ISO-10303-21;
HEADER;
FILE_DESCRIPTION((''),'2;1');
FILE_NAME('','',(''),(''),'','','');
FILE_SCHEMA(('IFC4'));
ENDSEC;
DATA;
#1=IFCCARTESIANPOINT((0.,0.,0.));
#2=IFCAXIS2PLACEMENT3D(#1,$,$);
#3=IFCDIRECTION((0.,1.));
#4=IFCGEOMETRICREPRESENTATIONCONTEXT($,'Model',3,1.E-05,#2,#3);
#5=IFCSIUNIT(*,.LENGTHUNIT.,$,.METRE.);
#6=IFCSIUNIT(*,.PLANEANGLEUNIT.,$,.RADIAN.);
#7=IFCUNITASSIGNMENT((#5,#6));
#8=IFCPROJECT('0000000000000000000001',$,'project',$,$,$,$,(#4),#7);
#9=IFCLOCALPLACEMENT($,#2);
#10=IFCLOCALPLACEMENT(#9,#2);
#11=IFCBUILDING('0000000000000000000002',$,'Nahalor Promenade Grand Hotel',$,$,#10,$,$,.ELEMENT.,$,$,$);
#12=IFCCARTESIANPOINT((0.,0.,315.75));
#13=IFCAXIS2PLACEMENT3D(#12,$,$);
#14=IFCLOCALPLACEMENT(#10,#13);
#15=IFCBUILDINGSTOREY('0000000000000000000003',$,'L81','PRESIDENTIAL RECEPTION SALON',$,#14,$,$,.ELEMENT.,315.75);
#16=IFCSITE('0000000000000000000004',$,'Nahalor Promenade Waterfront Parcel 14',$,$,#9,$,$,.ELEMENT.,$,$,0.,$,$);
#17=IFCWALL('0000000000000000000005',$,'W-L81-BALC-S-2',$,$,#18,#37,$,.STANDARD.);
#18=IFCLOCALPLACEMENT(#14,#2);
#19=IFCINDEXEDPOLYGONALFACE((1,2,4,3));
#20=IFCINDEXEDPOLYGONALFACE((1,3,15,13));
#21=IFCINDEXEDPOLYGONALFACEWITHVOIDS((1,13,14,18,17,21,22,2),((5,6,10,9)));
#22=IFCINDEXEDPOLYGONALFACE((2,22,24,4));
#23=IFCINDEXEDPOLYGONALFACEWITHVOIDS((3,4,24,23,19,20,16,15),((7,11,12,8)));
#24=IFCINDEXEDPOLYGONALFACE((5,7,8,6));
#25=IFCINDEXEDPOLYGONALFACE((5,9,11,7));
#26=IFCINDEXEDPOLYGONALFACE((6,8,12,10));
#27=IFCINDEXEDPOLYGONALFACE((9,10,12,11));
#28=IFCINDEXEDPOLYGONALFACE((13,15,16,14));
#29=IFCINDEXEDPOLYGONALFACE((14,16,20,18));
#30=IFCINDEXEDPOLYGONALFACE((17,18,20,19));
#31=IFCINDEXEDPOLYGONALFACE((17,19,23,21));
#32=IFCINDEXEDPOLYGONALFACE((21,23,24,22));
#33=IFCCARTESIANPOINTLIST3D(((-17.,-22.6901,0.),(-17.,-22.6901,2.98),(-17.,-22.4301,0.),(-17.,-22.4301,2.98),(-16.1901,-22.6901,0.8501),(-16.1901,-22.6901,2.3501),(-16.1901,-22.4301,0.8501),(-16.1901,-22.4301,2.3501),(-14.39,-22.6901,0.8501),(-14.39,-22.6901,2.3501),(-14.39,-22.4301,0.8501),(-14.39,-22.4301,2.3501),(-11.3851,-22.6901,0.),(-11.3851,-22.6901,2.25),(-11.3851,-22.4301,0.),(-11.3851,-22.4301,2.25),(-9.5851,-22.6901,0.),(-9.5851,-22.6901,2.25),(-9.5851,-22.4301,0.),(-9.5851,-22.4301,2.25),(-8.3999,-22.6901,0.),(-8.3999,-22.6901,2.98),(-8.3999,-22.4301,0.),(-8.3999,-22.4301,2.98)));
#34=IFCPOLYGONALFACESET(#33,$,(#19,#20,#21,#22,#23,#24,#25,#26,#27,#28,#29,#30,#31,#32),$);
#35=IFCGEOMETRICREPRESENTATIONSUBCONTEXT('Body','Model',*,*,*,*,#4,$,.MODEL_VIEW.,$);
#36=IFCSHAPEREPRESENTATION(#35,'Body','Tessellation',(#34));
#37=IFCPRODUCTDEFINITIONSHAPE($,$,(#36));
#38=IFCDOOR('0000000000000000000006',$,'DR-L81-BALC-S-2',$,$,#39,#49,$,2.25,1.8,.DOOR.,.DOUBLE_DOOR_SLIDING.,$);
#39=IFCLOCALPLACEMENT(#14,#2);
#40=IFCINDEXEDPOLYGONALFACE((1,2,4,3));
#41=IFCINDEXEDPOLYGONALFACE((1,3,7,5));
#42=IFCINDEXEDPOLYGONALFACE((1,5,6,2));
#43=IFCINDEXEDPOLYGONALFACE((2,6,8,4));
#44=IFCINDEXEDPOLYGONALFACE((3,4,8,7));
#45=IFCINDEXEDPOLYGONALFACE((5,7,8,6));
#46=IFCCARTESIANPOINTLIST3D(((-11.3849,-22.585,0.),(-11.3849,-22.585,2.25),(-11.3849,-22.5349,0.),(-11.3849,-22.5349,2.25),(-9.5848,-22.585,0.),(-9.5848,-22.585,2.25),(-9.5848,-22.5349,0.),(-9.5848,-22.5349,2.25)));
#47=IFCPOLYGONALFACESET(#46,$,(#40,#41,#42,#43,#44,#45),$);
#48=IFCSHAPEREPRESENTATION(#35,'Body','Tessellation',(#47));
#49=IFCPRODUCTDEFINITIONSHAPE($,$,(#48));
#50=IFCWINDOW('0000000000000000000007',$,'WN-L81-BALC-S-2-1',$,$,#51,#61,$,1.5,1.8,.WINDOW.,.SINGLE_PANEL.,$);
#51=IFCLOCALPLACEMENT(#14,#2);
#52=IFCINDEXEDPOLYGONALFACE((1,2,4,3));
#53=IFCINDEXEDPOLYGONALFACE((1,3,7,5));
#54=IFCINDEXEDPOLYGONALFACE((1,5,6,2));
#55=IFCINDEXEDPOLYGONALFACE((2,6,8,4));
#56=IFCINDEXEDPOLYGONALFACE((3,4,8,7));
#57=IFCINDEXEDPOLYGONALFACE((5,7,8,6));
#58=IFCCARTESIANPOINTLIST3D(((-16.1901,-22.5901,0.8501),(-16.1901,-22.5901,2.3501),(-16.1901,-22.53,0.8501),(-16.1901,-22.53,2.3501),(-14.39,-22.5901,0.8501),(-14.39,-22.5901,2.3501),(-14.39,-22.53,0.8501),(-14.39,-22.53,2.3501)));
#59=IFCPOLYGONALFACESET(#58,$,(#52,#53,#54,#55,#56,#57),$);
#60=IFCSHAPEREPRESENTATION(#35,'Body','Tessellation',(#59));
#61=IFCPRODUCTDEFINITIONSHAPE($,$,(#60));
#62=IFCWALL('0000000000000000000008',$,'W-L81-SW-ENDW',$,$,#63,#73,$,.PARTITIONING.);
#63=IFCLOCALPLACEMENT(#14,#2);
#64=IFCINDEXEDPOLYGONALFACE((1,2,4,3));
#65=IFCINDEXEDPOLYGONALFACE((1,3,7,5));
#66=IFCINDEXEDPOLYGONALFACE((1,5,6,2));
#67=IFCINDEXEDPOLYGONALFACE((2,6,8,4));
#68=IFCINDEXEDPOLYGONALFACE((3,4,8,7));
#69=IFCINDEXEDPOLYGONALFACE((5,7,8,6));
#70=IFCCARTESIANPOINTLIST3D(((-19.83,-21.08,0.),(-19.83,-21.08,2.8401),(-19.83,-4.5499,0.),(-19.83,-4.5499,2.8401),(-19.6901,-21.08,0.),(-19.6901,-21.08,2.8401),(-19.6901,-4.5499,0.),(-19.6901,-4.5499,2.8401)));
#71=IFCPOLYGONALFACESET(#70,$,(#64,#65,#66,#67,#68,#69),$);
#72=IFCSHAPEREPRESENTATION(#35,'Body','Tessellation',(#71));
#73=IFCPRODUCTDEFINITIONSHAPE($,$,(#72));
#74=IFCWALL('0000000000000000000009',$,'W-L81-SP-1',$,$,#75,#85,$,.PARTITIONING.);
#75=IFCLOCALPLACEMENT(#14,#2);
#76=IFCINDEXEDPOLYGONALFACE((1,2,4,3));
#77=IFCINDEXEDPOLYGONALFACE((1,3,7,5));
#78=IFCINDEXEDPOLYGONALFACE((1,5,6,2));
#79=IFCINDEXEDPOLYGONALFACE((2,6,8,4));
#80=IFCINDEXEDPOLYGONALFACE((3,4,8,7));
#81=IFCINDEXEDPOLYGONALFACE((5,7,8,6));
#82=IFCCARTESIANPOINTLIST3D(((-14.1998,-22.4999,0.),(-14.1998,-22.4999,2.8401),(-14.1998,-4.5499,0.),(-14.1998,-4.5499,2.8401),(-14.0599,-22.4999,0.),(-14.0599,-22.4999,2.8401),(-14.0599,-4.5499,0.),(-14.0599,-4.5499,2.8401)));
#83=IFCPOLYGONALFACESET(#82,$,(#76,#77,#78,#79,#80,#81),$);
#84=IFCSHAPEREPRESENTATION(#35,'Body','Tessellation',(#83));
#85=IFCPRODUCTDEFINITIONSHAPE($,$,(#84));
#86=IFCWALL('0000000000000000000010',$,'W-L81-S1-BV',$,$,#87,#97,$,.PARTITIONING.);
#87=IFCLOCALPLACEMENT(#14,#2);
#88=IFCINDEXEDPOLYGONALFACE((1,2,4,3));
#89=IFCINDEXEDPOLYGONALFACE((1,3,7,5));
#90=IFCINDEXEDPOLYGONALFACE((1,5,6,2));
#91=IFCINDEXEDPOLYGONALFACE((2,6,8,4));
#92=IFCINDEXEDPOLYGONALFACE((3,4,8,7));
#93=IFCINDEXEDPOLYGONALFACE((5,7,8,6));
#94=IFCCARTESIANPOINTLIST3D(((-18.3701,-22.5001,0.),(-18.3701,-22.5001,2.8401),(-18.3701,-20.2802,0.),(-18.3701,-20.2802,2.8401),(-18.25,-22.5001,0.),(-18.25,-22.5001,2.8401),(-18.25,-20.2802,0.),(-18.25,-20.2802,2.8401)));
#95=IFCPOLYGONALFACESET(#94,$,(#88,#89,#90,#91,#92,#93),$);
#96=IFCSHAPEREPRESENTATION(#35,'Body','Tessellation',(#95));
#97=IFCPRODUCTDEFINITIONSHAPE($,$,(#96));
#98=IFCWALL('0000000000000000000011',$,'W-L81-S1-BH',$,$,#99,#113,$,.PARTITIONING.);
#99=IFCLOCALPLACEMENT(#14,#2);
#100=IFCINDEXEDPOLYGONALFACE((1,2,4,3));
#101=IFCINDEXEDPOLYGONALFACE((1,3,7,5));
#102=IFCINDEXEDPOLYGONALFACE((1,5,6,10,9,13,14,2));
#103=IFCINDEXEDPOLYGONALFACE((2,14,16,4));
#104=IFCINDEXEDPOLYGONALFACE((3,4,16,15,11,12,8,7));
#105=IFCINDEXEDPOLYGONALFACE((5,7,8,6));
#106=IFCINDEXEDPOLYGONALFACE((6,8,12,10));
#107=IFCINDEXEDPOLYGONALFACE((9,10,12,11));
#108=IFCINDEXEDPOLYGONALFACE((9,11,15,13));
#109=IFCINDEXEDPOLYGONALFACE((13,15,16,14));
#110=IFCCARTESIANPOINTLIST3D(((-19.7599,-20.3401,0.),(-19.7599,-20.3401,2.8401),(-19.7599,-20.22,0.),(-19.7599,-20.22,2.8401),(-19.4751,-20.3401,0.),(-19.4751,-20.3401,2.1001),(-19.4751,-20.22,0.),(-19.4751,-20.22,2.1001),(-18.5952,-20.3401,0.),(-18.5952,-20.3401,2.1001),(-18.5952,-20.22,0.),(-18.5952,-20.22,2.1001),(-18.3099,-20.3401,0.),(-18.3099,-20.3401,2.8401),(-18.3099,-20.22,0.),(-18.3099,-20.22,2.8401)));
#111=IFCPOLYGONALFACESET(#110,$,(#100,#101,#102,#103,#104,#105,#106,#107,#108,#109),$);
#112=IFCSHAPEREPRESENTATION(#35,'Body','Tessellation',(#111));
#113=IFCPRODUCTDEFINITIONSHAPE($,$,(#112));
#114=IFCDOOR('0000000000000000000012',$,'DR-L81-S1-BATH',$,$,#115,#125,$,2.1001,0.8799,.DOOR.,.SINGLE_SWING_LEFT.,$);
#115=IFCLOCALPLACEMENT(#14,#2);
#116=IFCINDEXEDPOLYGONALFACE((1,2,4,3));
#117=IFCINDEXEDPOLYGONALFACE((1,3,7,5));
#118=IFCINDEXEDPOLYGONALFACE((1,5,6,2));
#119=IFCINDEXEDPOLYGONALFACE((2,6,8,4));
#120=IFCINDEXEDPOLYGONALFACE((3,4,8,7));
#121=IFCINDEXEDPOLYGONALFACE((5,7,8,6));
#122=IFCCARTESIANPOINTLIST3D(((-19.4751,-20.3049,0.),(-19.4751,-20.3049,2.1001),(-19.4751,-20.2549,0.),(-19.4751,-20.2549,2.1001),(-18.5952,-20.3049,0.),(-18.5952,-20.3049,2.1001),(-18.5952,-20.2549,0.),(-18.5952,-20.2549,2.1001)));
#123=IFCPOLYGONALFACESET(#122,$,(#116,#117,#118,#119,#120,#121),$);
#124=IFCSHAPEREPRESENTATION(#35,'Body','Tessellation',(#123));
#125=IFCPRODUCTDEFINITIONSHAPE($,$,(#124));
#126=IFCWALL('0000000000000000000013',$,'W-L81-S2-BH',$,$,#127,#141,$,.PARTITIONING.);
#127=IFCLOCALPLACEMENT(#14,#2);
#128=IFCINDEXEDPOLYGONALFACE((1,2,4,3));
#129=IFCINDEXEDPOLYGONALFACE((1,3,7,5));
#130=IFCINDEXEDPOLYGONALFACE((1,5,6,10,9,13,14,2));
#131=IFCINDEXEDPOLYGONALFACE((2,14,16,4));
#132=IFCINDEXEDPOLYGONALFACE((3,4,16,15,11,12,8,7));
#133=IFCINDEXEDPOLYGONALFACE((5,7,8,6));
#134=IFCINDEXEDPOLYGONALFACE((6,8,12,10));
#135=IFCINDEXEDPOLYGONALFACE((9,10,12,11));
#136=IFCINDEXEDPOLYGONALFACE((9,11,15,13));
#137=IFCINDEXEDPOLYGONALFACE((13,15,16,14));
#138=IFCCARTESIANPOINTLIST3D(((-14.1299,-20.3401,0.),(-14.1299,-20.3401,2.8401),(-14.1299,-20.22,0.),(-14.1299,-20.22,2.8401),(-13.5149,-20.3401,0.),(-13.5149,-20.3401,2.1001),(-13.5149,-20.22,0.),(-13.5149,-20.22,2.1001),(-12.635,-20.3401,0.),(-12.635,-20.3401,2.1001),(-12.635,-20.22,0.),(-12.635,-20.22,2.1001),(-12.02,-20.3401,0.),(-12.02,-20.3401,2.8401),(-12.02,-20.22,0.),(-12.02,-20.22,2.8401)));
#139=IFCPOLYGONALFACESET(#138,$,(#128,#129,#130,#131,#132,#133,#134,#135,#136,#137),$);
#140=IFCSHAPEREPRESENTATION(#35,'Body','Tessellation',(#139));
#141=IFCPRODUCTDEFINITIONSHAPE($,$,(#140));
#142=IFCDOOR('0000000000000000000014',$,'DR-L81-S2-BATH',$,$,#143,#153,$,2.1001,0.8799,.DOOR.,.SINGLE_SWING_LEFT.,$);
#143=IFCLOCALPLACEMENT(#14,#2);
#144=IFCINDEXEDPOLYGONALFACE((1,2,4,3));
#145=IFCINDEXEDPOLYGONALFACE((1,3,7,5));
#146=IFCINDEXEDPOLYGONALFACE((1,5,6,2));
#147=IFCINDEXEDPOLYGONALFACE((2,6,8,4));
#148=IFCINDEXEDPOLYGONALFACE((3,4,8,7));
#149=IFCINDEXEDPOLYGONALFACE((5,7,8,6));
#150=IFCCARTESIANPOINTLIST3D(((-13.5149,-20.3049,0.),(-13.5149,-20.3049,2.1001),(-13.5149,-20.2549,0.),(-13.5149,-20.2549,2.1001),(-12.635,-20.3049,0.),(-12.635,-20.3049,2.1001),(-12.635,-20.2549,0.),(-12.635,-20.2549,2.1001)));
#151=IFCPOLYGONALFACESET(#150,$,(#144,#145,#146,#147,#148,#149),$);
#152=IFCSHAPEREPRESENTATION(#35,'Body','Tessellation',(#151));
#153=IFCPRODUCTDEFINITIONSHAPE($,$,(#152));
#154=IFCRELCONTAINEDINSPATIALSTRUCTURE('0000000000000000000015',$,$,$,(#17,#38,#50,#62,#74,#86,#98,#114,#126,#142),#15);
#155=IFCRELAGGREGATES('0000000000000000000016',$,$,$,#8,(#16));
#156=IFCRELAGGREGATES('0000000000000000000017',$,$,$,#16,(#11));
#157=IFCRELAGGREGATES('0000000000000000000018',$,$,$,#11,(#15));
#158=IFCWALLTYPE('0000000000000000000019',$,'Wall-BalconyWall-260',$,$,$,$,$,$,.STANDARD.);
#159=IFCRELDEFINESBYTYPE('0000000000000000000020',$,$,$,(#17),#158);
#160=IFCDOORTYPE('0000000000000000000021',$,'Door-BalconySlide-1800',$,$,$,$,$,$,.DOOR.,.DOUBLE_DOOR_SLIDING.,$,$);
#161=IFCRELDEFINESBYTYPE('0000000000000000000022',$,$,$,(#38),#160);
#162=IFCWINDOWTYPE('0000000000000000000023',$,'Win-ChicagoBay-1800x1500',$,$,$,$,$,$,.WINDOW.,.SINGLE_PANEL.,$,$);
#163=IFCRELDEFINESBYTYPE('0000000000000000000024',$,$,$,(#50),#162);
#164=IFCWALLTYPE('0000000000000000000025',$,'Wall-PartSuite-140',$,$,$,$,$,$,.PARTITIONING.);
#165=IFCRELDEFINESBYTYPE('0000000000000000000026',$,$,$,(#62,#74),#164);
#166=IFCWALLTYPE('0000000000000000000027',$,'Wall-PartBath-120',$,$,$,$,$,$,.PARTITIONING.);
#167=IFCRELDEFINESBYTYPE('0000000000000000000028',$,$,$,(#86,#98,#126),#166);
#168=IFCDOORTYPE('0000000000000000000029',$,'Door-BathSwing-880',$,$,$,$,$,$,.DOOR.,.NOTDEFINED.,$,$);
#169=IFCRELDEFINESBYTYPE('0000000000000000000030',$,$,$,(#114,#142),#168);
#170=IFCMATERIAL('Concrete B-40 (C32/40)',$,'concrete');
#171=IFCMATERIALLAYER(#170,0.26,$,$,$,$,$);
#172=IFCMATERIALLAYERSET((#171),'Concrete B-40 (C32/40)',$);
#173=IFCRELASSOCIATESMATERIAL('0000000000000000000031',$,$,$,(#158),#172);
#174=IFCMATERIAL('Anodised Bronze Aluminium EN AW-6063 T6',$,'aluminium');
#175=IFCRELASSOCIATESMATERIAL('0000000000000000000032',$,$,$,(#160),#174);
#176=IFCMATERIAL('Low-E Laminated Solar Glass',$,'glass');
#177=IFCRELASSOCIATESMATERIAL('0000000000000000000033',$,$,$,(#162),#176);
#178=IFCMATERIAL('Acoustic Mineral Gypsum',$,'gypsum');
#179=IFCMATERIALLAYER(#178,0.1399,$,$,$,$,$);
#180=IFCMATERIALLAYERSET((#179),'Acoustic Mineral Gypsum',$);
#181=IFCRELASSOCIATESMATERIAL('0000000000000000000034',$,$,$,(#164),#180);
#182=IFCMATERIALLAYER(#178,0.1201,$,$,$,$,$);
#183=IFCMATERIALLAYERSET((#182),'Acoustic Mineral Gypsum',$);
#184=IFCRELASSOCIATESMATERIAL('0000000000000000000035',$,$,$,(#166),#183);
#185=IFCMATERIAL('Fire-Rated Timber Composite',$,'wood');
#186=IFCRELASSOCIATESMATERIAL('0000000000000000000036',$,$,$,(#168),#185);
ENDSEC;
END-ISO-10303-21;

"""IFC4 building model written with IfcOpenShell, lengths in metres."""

from ifc_helpers import new_model, si_unit, direction, frame, frame_2d, origin, place, context, subcontext, project, spatial, rectangle, extrude, source, transform, mapped, material, layer, layer_set, type_object, element, fill, save


model = new_model("IFC4")

# Units and contexts
model_context = context("Model", 3, precision=1e-05, world=origin(), true_north=direction((0.0, 1.0)))
body_context = subcontext(model_context, "Body", "Model", "MODEL_VIEW")
ifc_project = project(units=[si_unit("LENGTHUNIT", "METRE"), si_unit("PLANEANGLEUNIT", "RADIAN")], contexts=[model_context])

# Site, building, storey
site_placement = place(None, origin())
site = spatial("IfcSite", under=ifc_project, at=site_placement, Name="Nahalor Promenade Waterfront Parcel 14", CompositionType="ELEMENT", RefElevation=0.0)
building_placement = place(site_placement, origin())
building = spatial("IfcBuilding", under=site, at=building_placement, Name="Nahalor Promenade Grand Hotel", CompositionType="ELEMENT")
storey_placement = place(building_placement, frame((0.0, 0.0, 315.75)))
storey = spatial("IfcBuildingStorey", under=building, at=storey_placement, Name="L81", Description="PRESIDENTIAL RECEPTION SALON", CompositionType="ELEMENT", Elevation=315.75)

# Shared definitions
ifc_material_1 = material(Name="Anodised Bronze Aluminium EN AW-6063 T6", Category="aluminium")
ifc_material_2 = material(Name="Low-E Laminated Solar Glass", Category="glass")

# Shared definitions
ifc_material_3 = material(Name="Concrete B-40 (C32/40)", Category="concrete")

# Wall, openings, door, window
ifc_layer_1 = layer(ifc_material_3, 0.26)
ifc_layer_set_1 = layer_set([ifc_layer_1], Name="Concrete B-40 (C32/40)")
wall_type_1 = type_object("IfcWallType", Name="Wall-BalconyWall-260", PredefinedType="STANDARD", material=ifc_layer_set_1)
shared_shape_1 = source(origin(), body_context, "Body", "SweptSolid", [
    extrude(rectangle(XDim=8.6001, YDim=0.26, at=frame_2d((4.3, 0.0))), origin(), (0.0, 0.0, 1.0), 2.98),
])
wall_1_placement = place(storey_placement, frame((-17.0, -22.5601, 0.0), z_axis=(0.0, 0.0, 1.0), x_axis=(1.0, 0.0, 0.0)))
wall_1 = element("IfcWall", 1, at=wall_1_placement, inside=storey, type_object=wall_type_1, Name="W-L81-BALC-S-2", PredefinedType="STANDARD", context=body_context, shape_type="MappedRepresentation", body=[
    mapped(shared_shape_1, transform((0.0, 0.0, 0.0), scale=1.0)),
])
opening_1_placement = place(wall_1_placement, frame((5.615, 0.0, 0.0)))
opening_1 = element("IfcOpeningElement", 2, at=opening_1_placement, cuts=wall_1, PredefinedType="OPENING", context=body_context, shape_type="SweptSolid", body=[
    extrude(rectangle(XDim=1.8, YDim=2.25, at=frame_2d((0.8999, 1.125))), frame((0.0, 0.1399, 0.0), z_axis=(0.0, -1.0, 0.0), x_axis=(1.0, 0.0, 0.0)), (0.0, 0.0, 1.0), 0.28),
])
opening_2_placement = place(wall_1_placement, frame((0.8101, 0.0, 0.8501)))
opening_2 = element("IfcOpeningElement", 3, at=opening_2_placement, cuts=wall_1, PredefinedType="OPENING", context=body_context, shape_type="SweptSolid", body=[
    extrude(rectangle(XDim=1.8, YDim=1.5, at=frame_2d((0.8999, 0.75))), frame((0.0, 0.1399, 0.0), z_axis=(0.0, -1.0, 0.0), x_axis=(1.0, 0.0, 0.0)), (0.0, 0.0, 1.0), 0.28),
])
door_type_1 = type_object("IfcDoorType", Name="Door-BalconySlide-1800", OperationType="DOUBLE_DOOR_SLIDING", PredefinedType="DOOR", material=ifc_material_1)
shared_shape_2 = source(origin(), body_context, "Body", "SweptSolid", [
    extrude(rectangle(XDim=1.8, YDim=2.25, at=frame_2d((0.8999, 1.125))), frame((0.0, 0.0249, 0.0), z_axis=(0.0, -1.0, 0.0), x_axis=(1.0, 0.0, 0.0)), (0.0, 0.0, 1.0), 0.05),
])
door_1_placement = place(opening_1_placement, frame((1.8, 0.0, 0.0), z_axis=(0.0, 0.0, 1.0), x_axis=(-1.0, 0.0, 0.0)))
door_1 = element("IfcDoor", 4, at=door_1_placement, inside=storey, type_object=door_type_1, Name="DR-L81-BALC-S-2", OperationType="DOUBLE_DOOR_SLIDING", OverallHeight=2.25, OverallWidth=1.8, PredefinedType="DOOR", context=body_context, shape_type="MappedRepresentation", body=[
    mapped(shared_shape_2, transform((0.0, 0.0, 0.0), scale=1.0)),
])
fill(opening_1, door_1)
window_type = type_object("IfcWindowType", Name="Win-ChicagoBay-1800x1500", PartitioningType="SINGLE_PANEL", PredefinedType="WINDOW", material=ifc_material_2)
shared_shape_3 = source(origin(), body_context, "Body", "SweptSolid", [
    extrude(rectangle(XDim=1.8, YDim=1.5, at=frame_2d((0.8999, 0.75))), frame((0.0, 0.03, 0.0), z_axis=(0.0, -1.0, 0.0), x_axis=(1.0, 0.0, 0.0)), (0.0, 0.0, 1.0), 0.0601),
])
window_placement = place(opening_2_placement, origin())
window = element("IfcWindow", 5, at=window_placement, inside=storey, type_object=window_type, Name="WN-L81-BALC-S-2-1", OverallHeight=1.5, OverallWidth=1.8, PartitioningType="SINGLE_PANEL", PredefinedType="WINDOW", context=body_context, shape_type="MappedRepresentation", body=[
    mapped(shared_shape_3, transform((0.0, 0.0, 0.0), scale=1.0)),
])
fill(opening_2, window)

# Walls
ifc_material_4 = material(Name="Acoustic Mineral Gypsum", Category="gypsum")
ifc_layer_2 = layer(ifc_material_4, 0.1399)
ifc_layer_set_2 = layer_set([ifc_layer_2], Name="Acoustic Mineral Gypsum")
wall_type_2 = type_object("IfcWallType", Name="Wall-PartSuite-140", PredefinedType="PARTITIONING", material=ifc_layer_set_2)
shared_shape_4 = source(origin(), body_context, "Body", "SweptSolid", [
    extrude(rectangle(XDim=16.53, YDim=0.1399, at=frame_2d((8.2651, 0.0))), origin(), (0.0, 0.0, 1.0), 2.8401),
])
wall_2_placement = place(storey_placement, frame((-19.76, -21.0801, 0.0), z_axis=(0.0, 0.0, 1.0), x_axis=(0.0, 1.0, 0.0)))
element("IfcWall", 6, at=wall_2_placement, inside=storey, type_object=wall_type_2, Name="W-L81-SW-ENDW", PredefinedType="PARTITIONING", context=body_context, shape_type="MappedRepresentation", body=[
    mapped(shared_shape_4, transform((0.0, 0.0, 0.0), scale=1.0)),
])
shared_shape_5 = source(origin(), body_context, "Body", "SweptSolid", [
    extrude(rectangle(XDim=17.95, YDim=0.1399, at=frame_2d((8.9751, 0.0))), origin(), (0.0, 0.0, 1.0), 2.8401),
])
wall_3_placement = place(storey_placement, frame((-14.1299, -22.5, 0.0), z_axis=(0.0, 0.0, 1.0), x_axis=(0.0, 1.0, 0.0)))
element("IfcWall", 7, at=wall_3_placement, inside=storey, type_object=wall_type_2, Name="W-L81-SP-1", PredefinedType="PARTITIONING", context=body_context, shape_type="MappedRepresentation", body=[
    mapped(shared_shape_5, transform((0.0, 0.0, 0.0), scale=1.0)),
])
ifc_layer_3 = layer(ifc_material_4, 0.1201)
ifc_layer_set_3 = layer_set([ifc_layer_3], Name="Acoustic Mineral Gypsum")
wall_type_3 = type_object("IfcWallType", Name="Wall-PartBath-120", PredefinedType="PARTITIONING", material=ifc_layer_set_3)
shared_shape_6 = source(origin(), body_context, "Body", "SweptSolid", [
    extrude(rectangle(XDim=2.22, YDim=0.1201, at=frame_2d((1.1099, 0.0))), origin(), (0.0, 0.0, 1.0), 2.8401),
])
wall_4_placement = place(storey_placement, frame((-18.3101, -22.5, 0.0), z_axis=(0.0, 0.0, 1.0), x_axis=(0.0, 1.0, 0.0)))
element("IfcWall", 8, at=wall_4_placement, inside=storey, type_object=wall_type_3, Name="W-L81-S1-BV", PredefinedType="PARTITIONING", context=body_context, shape_type="MappedRepresentation", body=[
    mapped(shared_shape_6, transform((0.0, 0.0, 0.0), scale=1.0)),
])

# Walls, openings, doors
shared_shape_7 = source(origin(), body_context, "Body", "SweptSolid", [
    extrude(rectangle(XDim=1.45, YDim=0.1201, at=frame_2d((0.7251, 0.0))), origin(), (0.0, 0.0, 1.0), 2.8401),
])
wall_5_placement = place(storey_placement, frame((-19.76, -20.28, 0.0), z_axis=(0.0, 0.0, 1.0), x_axis=(1.0, 0.0, 0.0)))
wall_5 = element("IfcWall", 9, at=wall_5_placement, inside=storey, type_object=wall_type_3, Name="W-L81-S1-BH", PredefinedType="PARTITIONING", context=body_context, shape_type="MappedRepresentation", body=[
    mapped(shared_shape_7, transform((0.0, 0.0, 0.0), scale=1.0)),
])
opening_3_placement = place(wall_5_placement, frame((0.2849, 0.0, 0.0)))
opening_3 = element("IfcOpeningElement", 10, at=opening_3_placement, cuts=wall_5, PredefinedType="OPENING", context=body_context, shape_type="SweptSolid", body=[
    extrude(rectangle(XDim=0.8799, YDim=2.1001, at=frame_2d((0.4399, 1.05))), frame((0.0, 0.0701, 0.0), z_axis=(0.0, -1.0, 0.0), x_axis=(1.0, 0.0, 0.0)), (0.0, 0.0, 1.0), 0.1401),
])
ifc_material_5 = material(Name="Fire-Rated Timber Composite", Category="wood")
door_type_2 = type_object("IfcDoorType", Name="Door-BathSwing-880", OperationType="NOTDEFINED", PredefinedType="DOOR", material=ifc_material_5)
shared_shape_8 = source(origin(), body_context, "Body", "SweptSolid", [
    extrude(rectangle(XDim=0.8799, YDim=2.1001, at=frame_2d((0.4399, 1.05))), frame((0.0, 0.0249, 0.0), z_axis=(0.0, -1.0, 0.0), x_axis=(1.0, 0.0, 0.0)), (0.0, 0.0, 1.0), 0.05),
])
door_2_placement = place(opening_3_placement, frame((0.8799, 0.0, 0.0), z_axis=(0.0, 0.0, 1.0), x_axis=(-1.0, 0.0, 0.0)))
door_2 = element("IfcDoor", 11, at=door_2_placement, inside=storey, type_object=door_type_2, Name="DR-L81-S1-BATH", OperationType="SINGLE_SWING_LEFT", OverallHeight=2.1001, OverallWidth=0.8799, PredefinedType="DOOR", context=body_context, shape_type="MappedRepresentation", body=[
    mapped(shared_shape_8, transform((0.0, 0.0, 0.0), scale=1.0)),
])
fill(opening_3, door_2)
shared_shape_9 = source(origin(), body_context, "Body", "SweptSolid", [
    extrude(rectangle(XDim=2.1099, YDim=0.1201, at=frame_2d((1.0549, 0.0))), origin(), (0.0, 0.0, 1.0), 2.8401),
])
wall_6_placement = place(storey_placement, frame((-14.1299, -20.28, 0.0), z_axis=(0.0, 0.0, 1.0), x_axis=(1.0, 0.0, 0.0)))
wall_6 = element("IfcWall", 12, at=wall_6_placement, inside=storey, type_object=wall_type_3, Name="W-L81-S2-BH", PredefinedType="PARTITIONING", context=body_context, shape_type="MappedRepresentation", body=[
    mapped(shared_shape_9, transform((0.0, 0.0, 0.0), scale=1.0)),
])
opening_4_placement = place(wall_6_placement, frame((0.615, 0.0, 0.0)))
opening_4 = element("IfcOpeningElement", 13, at=opening_4_placement, cuts=wall_6, PredefinedType="OPENING", context=body_context, shape_type="SweptSolid", body=[
    extrude(rectangle(XDim=0.8799, YDim=2.1001, at=frame_2d((0.4399, 1.05))), frame((0.0, 0.0701, 0.0), z_axis=(0.0, -1.0, 0.0), x_axis=(1.0, 0.0, 0.0)), (0.0, 0.0, 1.0), 0.1401),
])
door_3_placement = place(opening_4_placement, frame((0.8799, 0.0, 0.0), z_axis=(0.0, 0.0, 1.0), x_axis=(-1.0, 0.0, 0.0)))
door_3 = element("IfcDoor", 14, at=door_3_placement, inside=storey, type_object=door_type_2, Name="DR-L81-S2-BATH", OperationType="SINGLE_SWING_LEFT", OverallHeight=2.1001, OverallWidth=0.8799, PredefinedType="DOOR", context=body_context, shape_type="MappedRepresentation", body=[
    mapped(shared_shape_8, transform((0.0, 0.0, 0.0), scale=1.0)),
])
fill(opening_4, door_3)

save(model, "model.ifc")
